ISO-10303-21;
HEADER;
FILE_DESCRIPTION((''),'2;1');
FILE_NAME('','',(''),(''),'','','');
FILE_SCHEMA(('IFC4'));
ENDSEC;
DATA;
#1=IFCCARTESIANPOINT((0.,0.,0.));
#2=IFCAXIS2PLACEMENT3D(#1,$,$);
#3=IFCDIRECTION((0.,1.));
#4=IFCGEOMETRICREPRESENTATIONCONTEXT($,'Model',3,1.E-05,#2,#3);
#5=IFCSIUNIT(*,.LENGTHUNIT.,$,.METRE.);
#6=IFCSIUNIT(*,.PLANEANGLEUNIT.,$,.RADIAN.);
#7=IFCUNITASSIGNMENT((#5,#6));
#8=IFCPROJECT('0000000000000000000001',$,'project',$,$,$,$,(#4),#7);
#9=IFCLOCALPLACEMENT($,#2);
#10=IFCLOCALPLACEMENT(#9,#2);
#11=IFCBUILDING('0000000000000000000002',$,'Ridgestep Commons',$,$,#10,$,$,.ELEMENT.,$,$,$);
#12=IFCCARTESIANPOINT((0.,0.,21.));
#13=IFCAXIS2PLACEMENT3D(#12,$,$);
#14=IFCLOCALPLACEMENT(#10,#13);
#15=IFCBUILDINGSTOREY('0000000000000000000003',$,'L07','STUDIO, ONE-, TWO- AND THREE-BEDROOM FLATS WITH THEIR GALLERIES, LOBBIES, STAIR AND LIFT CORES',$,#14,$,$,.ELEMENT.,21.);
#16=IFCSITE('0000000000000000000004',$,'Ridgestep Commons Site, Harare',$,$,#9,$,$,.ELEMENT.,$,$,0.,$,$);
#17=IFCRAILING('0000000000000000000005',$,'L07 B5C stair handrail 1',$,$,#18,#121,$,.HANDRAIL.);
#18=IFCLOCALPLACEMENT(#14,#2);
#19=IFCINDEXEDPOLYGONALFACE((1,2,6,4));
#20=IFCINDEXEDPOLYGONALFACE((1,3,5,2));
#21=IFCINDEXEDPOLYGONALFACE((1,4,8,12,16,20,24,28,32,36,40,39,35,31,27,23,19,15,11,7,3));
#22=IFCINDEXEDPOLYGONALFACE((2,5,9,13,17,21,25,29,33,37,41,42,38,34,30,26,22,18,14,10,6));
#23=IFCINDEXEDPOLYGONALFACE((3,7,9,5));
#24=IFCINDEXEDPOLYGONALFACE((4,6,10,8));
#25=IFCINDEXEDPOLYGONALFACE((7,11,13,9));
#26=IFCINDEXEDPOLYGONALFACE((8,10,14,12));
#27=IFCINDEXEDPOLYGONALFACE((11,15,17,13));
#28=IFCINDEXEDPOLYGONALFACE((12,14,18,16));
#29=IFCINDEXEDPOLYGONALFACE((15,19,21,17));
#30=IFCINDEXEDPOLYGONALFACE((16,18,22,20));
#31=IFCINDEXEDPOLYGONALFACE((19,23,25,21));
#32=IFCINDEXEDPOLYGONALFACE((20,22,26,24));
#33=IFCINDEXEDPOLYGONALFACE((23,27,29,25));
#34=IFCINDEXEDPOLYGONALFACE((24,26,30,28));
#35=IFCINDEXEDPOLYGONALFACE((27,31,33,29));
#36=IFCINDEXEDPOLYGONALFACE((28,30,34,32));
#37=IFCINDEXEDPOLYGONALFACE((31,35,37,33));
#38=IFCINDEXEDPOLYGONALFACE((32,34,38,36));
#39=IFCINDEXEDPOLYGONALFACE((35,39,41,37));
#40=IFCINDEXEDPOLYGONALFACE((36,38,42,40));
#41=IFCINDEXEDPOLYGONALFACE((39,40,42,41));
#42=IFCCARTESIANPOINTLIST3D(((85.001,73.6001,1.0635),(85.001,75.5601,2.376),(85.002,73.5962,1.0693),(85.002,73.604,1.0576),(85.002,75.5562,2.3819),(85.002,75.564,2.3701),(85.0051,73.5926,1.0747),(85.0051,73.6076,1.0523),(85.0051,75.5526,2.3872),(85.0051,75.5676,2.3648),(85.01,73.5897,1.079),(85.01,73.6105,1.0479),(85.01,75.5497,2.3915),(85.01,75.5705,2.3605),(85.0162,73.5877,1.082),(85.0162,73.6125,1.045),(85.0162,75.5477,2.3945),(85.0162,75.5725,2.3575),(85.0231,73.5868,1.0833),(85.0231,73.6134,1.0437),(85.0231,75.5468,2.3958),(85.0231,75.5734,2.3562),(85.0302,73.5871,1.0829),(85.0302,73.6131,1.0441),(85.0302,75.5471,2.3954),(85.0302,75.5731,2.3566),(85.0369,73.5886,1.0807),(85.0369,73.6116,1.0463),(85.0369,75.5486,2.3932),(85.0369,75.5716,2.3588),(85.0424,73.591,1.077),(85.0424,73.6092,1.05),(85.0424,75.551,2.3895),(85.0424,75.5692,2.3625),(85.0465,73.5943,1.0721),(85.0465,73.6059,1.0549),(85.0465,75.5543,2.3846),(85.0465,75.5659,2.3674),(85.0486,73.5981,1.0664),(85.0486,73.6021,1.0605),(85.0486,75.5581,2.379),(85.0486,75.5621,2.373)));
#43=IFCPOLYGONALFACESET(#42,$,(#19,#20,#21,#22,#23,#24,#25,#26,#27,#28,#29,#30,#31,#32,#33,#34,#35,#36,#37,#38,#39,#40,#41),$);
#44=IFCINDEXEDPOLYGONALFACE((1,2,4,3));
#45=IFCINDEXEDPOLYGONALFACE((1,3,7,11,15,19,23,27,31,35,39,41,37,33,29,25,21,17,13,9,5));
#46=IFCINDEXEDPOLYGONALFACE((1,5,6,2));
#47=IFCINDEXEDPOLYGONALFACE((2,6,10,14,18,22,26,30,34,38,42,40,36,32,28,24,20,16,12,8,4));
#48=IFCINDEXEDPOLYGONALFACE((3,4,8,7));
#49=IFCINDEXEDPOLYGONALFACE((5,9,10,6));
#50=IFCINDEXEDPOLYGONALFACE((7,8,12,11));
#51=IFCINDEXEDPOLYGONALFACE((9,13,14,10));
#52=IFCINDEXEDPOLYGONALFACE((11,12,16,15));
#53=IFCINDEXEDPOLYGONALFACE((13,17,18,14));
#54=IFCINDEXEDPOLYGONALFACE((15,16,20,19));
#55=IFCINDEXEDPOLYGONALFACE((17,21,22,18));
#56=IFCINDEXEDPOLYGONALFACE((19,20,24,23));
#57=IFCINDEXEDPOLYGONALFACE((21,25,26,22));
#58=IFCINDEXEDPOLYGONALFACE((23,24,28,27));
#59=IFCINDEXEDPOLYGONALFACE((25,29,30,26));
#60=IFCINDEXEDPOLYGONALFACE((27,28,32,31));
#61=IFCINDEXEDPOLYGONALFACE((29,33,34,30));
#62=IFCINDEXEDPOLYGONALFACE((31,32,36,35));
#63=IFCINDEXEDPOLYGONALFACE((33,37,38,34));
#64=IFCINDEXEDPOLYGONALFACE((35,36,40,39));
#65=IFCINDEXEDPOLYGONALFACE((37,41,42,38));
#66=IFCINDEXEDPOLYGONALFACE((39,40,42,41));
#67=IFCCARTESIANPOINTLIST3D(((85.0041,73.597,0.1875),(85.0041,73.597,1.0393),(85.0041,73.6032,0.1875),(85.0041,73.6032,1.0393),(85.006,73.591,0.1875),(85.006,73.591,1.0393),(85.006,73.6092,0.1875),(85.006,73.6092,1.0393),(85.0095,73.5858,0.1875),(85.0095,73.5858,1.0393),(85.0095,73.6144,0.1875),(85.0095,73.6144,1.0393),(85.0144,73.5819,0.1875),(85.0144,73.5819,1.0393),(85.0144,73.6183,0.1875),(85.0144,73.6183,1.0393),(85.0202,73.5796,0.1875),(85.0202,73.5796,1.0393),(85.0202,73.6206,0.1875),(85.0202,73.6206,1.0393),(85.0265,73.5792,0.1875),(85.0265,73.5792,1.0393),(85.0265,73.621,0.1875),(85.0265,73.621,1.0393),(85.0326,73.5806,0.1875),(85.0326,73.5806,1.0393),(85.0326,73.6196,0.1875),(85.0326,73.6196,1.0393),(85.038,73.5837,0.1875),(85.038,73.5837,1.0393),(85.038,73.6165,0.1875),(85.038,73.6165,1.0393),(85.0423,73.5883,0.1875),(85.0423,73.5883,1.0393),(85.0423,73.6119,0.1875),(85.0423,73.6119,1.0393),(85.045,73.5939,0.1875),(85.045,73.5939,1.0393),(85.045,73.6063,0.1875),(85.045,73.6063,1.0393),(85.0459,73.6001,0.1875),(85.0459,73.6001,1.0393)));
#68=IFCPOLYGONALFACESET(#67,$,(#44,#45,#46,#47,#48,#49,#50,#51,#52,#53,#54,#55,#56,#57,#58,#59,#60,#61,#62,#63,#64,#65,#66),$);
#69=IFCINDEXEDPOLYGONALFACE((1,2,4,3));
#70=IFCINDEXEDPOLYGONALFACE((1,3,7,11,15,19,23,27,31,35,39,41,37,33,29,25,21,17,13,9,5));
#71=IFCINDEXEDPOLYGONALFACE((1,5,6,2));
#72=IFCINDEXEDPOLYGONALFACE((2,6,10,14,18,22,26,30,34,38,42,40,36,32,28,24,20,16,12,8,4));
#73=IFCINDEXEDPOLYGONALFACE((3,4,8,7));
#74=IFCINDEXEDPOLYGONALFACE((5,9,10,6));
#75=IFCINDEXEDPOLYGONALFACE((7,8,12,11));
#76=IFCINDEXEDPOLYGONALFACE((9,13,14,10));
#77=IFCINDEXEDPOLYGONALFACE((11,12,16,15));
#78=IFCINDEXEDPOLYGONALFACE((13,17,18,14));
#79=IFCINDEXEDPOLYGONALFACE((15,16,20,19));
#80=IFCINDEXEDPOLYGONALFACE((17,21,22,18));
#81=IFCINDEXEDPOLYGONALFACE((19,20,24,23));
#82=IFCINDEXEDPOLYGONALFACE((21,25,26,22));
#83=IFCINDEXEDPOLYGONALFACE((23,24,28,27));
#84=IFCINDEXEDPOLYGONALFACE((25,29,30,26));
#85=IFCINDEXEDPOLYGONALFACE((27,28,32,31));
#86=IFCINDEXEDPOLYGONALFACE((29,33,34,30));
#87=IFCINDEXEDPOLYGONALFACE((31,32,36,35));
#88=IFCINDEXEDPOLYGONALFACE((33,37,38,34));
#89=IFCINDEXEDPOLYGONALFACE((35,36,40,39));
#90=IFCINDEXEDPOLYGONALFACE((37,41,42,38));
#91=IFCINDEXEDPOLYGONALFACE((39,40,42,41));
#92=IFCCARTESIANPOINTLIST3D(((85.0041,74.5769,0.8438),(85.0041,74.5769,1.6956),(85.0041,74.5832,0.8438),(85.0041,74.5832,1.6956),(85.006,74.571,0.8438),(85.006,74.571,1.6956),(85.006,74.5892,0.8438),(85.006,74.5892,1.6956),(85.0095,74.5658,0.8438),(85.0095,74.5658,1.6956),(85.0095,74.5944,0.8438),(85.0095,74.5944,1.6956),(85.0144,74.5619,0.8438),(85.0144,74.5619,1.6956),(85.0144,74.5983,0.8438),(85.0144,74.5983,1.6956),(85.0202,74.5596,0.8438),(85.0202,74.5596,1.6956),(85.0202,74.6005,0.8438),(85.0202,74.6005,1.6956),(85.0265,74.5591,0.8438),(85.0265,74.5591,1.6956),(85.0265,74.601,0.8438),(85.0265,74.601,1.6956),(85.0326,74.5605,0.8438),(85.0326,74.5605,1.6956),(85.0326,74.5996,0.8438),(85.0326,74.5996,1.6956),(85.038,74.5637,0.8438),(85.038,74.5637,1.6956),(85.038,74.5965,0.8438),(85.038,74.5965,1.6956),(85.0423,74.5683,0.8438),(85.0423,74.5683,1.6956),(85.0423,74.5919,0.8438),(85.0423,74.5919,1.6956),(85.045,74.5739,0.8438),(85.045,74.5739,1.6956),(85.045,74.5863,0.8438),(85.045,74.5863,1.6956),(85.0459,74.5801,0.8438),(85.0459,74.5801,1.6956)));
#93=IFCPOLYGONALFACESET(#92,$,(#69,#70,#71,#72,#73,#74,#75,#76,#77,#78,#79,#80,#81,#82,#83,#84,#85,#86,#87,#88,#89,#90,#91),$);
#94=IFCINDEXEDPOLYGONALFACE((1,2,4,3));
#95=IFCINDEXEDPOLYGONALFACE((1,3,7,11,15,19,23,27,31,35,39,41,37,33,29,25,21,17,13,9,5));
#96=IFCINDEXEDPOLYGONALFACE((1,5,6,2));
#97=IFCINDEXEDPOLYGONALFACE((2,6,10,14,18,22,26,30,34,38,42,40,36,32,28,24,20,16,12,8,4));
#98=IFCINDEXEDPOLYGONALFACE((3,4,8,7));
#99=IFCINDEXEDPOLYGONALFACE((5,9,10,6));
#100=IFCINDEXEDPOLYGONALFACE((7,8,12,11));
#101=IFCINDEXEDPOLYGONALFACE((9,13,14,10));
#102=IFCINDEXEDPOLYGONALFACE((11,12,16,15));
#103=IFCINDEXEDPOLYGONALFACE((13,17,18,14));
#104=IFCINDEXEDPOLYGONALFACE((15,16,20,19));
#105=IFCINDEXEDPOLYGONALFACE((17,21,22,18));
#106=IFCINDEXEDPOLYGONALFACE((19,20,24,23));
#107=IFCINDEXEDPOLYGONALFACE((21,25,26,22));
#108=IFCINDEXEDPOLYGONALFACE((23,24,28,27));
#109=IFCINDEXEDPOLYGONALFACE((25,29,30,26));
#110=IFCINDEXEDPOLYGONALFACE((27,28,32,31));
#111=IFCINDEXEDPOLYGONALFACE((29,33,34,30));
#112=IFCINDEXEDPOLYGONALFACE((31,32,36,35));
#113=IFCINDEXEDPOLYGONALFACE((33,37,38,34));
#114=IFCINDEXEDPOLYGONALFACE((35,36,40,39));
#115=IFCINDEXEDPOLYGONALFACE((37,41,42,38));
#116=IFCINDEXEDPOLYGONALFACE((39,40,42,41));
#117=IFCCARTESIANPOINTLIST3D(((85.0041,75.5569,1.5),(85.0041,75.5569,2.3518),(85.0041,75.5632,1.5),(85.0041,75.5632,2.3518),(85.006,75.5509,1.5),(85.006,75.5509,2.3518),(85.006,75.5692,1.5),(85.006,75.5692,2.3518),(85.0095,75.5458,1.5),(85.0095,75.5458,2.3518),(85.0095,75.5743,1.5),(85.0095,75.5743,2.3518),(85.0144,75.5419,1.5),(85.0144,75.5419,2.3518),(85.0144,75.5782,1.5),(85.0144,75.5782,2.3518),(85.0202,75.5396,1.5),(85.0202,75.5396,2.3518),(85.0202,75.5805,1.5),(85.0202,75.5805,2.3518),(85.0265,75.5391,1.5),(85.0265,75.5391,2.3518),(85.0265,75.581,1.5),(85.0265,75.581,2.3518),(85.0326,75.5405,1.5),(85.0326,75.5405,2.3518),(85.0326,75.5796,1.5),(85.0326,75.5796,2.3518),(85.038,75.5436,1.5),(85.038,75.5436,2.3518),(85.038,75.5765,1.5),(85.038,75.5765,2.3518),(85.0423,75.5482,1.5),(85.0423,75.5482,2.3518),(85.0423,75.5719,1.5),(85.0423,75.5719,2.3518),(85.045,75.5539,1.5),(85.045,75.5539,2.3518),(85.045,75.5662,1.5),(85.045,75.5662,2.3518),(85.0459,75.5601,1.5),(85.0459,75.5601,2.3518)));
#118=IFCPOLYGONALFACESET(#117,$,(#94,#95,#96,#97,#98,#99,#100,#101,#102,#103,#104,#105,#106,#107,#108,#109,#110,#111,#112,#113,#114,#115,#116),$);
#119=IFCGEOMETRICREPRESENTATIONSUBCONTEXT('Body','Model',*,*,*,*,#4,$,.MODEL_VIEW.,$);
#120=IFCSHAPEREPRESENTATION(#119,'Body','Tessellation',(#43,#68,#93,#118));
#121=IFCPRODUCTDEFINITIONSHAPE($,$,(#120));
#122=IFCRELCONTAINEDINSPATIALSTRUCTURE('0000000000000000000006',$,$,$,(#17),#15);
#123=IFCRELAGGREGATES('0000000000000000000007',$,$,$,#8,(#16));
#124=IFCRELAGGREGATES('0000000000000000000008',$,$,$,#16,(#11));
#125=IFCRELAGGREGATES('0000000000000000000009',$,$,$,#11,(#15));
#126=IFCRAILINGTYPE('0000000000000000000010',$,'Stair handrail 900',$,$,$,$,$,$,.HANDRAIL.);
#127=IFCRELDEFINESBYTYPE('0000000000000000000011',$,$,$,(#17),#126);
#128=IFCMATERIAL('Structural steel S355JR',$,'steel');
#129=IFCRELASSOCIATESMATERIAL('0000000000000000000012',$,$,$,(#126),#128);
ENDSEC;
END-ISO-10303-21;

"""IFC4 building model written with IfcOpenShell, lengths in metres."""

from ifc_helpers import new_model, si_unit, direction, frame, origin, origin_2d, place, context, subcontext, project, spatial, circle, extrude, material, type_object, element, save


model = new_model("IFC4")

# Units and contexts
model_context = context("Model", 3, precision=1e-05, world=origin(), true_north=direction((0.0, 1.0)))
body_context = subcontext(model_context, "Body", "Model", "MODEL_VIEW")
ifc_project = project(units=[si_unit("LENGTHUNIT", "METRE"), si_unit("PLANEANGLEUNIT", "RADIAN")], contexts=[model_context])

# Site, building, storey
site_placement = place(None, origin())
site = spatial("IfcSite", under=ifc_project, at=site_placement, Name="Ridgestep Commons Site, Harare", CompositionType="ELEMENT", RefElevation=0.0)
building_placement = place(site_placement, origin())
building = spatial("IfcBuilding", under=site, at=building_placement, Name="Ridgestep Commons", CompositionType="ELEMENT")
storey_placement = place(building_placement, frame((0.0, 0.0, 21.0)))
storey = spatial("IfcBuildingStorey", under=building, at=storey_placement, Name="L07", Description="STUDIO, ONE-, TWO- AND THREE-BEDROOM FLATS WITH THEIR GALLERIES, LOBBIES, STAIR AND LIFT CORES", CompositionType="ELEMENT", Elevation=21.0)

# Railing
ifc_material_1 = material(Name="Structural steel S355JR", Category="steel")
railing_type_1 = type_object("IfcRailingType", Name="Stair handrail 900", PredefinedType="HANDRAIL", material=ifc_material_1)
railing_1_placement = place(storey_placement, frame((85.0249, 73.6001, 0.1875)))
element("IfcRailing", 1, at=railing_1_placement, inside=storey, type_object=railing_type_1, Name="L07 B5C stair handrail 1", PredefinedType="HANDRAIL", context=body_context, shape_type="SweptSolid", body=[
    extrude(circle(Radius=0.0239, at=origin_2d()), frame((0.0, 0.0, 0.876), z_axis=(0.0, 0.830902, 0.556419), x_axis=(-1.0, 0.0, 0.0)), (0.0, 0.0, 1.0), 2.3589),
    extrude(circle(Radius=0.021, at=origin_2d()), origin(), (0.0, 0.0, 1.0), 0.8518),
    extrude(circle(Radius=0.021, at=origin_2d()), frame((0.0, 0.98, 0.6562)), (0.0, 0.0, 1.0), 0.8518),
    extrude(circle(Radius=0.021, at=origin_2d()), frame((0.0, 1.96, 1.3125)), (0.0, 0.0, 1.0), 0.8518),
])

save(model, "model.ifc")
